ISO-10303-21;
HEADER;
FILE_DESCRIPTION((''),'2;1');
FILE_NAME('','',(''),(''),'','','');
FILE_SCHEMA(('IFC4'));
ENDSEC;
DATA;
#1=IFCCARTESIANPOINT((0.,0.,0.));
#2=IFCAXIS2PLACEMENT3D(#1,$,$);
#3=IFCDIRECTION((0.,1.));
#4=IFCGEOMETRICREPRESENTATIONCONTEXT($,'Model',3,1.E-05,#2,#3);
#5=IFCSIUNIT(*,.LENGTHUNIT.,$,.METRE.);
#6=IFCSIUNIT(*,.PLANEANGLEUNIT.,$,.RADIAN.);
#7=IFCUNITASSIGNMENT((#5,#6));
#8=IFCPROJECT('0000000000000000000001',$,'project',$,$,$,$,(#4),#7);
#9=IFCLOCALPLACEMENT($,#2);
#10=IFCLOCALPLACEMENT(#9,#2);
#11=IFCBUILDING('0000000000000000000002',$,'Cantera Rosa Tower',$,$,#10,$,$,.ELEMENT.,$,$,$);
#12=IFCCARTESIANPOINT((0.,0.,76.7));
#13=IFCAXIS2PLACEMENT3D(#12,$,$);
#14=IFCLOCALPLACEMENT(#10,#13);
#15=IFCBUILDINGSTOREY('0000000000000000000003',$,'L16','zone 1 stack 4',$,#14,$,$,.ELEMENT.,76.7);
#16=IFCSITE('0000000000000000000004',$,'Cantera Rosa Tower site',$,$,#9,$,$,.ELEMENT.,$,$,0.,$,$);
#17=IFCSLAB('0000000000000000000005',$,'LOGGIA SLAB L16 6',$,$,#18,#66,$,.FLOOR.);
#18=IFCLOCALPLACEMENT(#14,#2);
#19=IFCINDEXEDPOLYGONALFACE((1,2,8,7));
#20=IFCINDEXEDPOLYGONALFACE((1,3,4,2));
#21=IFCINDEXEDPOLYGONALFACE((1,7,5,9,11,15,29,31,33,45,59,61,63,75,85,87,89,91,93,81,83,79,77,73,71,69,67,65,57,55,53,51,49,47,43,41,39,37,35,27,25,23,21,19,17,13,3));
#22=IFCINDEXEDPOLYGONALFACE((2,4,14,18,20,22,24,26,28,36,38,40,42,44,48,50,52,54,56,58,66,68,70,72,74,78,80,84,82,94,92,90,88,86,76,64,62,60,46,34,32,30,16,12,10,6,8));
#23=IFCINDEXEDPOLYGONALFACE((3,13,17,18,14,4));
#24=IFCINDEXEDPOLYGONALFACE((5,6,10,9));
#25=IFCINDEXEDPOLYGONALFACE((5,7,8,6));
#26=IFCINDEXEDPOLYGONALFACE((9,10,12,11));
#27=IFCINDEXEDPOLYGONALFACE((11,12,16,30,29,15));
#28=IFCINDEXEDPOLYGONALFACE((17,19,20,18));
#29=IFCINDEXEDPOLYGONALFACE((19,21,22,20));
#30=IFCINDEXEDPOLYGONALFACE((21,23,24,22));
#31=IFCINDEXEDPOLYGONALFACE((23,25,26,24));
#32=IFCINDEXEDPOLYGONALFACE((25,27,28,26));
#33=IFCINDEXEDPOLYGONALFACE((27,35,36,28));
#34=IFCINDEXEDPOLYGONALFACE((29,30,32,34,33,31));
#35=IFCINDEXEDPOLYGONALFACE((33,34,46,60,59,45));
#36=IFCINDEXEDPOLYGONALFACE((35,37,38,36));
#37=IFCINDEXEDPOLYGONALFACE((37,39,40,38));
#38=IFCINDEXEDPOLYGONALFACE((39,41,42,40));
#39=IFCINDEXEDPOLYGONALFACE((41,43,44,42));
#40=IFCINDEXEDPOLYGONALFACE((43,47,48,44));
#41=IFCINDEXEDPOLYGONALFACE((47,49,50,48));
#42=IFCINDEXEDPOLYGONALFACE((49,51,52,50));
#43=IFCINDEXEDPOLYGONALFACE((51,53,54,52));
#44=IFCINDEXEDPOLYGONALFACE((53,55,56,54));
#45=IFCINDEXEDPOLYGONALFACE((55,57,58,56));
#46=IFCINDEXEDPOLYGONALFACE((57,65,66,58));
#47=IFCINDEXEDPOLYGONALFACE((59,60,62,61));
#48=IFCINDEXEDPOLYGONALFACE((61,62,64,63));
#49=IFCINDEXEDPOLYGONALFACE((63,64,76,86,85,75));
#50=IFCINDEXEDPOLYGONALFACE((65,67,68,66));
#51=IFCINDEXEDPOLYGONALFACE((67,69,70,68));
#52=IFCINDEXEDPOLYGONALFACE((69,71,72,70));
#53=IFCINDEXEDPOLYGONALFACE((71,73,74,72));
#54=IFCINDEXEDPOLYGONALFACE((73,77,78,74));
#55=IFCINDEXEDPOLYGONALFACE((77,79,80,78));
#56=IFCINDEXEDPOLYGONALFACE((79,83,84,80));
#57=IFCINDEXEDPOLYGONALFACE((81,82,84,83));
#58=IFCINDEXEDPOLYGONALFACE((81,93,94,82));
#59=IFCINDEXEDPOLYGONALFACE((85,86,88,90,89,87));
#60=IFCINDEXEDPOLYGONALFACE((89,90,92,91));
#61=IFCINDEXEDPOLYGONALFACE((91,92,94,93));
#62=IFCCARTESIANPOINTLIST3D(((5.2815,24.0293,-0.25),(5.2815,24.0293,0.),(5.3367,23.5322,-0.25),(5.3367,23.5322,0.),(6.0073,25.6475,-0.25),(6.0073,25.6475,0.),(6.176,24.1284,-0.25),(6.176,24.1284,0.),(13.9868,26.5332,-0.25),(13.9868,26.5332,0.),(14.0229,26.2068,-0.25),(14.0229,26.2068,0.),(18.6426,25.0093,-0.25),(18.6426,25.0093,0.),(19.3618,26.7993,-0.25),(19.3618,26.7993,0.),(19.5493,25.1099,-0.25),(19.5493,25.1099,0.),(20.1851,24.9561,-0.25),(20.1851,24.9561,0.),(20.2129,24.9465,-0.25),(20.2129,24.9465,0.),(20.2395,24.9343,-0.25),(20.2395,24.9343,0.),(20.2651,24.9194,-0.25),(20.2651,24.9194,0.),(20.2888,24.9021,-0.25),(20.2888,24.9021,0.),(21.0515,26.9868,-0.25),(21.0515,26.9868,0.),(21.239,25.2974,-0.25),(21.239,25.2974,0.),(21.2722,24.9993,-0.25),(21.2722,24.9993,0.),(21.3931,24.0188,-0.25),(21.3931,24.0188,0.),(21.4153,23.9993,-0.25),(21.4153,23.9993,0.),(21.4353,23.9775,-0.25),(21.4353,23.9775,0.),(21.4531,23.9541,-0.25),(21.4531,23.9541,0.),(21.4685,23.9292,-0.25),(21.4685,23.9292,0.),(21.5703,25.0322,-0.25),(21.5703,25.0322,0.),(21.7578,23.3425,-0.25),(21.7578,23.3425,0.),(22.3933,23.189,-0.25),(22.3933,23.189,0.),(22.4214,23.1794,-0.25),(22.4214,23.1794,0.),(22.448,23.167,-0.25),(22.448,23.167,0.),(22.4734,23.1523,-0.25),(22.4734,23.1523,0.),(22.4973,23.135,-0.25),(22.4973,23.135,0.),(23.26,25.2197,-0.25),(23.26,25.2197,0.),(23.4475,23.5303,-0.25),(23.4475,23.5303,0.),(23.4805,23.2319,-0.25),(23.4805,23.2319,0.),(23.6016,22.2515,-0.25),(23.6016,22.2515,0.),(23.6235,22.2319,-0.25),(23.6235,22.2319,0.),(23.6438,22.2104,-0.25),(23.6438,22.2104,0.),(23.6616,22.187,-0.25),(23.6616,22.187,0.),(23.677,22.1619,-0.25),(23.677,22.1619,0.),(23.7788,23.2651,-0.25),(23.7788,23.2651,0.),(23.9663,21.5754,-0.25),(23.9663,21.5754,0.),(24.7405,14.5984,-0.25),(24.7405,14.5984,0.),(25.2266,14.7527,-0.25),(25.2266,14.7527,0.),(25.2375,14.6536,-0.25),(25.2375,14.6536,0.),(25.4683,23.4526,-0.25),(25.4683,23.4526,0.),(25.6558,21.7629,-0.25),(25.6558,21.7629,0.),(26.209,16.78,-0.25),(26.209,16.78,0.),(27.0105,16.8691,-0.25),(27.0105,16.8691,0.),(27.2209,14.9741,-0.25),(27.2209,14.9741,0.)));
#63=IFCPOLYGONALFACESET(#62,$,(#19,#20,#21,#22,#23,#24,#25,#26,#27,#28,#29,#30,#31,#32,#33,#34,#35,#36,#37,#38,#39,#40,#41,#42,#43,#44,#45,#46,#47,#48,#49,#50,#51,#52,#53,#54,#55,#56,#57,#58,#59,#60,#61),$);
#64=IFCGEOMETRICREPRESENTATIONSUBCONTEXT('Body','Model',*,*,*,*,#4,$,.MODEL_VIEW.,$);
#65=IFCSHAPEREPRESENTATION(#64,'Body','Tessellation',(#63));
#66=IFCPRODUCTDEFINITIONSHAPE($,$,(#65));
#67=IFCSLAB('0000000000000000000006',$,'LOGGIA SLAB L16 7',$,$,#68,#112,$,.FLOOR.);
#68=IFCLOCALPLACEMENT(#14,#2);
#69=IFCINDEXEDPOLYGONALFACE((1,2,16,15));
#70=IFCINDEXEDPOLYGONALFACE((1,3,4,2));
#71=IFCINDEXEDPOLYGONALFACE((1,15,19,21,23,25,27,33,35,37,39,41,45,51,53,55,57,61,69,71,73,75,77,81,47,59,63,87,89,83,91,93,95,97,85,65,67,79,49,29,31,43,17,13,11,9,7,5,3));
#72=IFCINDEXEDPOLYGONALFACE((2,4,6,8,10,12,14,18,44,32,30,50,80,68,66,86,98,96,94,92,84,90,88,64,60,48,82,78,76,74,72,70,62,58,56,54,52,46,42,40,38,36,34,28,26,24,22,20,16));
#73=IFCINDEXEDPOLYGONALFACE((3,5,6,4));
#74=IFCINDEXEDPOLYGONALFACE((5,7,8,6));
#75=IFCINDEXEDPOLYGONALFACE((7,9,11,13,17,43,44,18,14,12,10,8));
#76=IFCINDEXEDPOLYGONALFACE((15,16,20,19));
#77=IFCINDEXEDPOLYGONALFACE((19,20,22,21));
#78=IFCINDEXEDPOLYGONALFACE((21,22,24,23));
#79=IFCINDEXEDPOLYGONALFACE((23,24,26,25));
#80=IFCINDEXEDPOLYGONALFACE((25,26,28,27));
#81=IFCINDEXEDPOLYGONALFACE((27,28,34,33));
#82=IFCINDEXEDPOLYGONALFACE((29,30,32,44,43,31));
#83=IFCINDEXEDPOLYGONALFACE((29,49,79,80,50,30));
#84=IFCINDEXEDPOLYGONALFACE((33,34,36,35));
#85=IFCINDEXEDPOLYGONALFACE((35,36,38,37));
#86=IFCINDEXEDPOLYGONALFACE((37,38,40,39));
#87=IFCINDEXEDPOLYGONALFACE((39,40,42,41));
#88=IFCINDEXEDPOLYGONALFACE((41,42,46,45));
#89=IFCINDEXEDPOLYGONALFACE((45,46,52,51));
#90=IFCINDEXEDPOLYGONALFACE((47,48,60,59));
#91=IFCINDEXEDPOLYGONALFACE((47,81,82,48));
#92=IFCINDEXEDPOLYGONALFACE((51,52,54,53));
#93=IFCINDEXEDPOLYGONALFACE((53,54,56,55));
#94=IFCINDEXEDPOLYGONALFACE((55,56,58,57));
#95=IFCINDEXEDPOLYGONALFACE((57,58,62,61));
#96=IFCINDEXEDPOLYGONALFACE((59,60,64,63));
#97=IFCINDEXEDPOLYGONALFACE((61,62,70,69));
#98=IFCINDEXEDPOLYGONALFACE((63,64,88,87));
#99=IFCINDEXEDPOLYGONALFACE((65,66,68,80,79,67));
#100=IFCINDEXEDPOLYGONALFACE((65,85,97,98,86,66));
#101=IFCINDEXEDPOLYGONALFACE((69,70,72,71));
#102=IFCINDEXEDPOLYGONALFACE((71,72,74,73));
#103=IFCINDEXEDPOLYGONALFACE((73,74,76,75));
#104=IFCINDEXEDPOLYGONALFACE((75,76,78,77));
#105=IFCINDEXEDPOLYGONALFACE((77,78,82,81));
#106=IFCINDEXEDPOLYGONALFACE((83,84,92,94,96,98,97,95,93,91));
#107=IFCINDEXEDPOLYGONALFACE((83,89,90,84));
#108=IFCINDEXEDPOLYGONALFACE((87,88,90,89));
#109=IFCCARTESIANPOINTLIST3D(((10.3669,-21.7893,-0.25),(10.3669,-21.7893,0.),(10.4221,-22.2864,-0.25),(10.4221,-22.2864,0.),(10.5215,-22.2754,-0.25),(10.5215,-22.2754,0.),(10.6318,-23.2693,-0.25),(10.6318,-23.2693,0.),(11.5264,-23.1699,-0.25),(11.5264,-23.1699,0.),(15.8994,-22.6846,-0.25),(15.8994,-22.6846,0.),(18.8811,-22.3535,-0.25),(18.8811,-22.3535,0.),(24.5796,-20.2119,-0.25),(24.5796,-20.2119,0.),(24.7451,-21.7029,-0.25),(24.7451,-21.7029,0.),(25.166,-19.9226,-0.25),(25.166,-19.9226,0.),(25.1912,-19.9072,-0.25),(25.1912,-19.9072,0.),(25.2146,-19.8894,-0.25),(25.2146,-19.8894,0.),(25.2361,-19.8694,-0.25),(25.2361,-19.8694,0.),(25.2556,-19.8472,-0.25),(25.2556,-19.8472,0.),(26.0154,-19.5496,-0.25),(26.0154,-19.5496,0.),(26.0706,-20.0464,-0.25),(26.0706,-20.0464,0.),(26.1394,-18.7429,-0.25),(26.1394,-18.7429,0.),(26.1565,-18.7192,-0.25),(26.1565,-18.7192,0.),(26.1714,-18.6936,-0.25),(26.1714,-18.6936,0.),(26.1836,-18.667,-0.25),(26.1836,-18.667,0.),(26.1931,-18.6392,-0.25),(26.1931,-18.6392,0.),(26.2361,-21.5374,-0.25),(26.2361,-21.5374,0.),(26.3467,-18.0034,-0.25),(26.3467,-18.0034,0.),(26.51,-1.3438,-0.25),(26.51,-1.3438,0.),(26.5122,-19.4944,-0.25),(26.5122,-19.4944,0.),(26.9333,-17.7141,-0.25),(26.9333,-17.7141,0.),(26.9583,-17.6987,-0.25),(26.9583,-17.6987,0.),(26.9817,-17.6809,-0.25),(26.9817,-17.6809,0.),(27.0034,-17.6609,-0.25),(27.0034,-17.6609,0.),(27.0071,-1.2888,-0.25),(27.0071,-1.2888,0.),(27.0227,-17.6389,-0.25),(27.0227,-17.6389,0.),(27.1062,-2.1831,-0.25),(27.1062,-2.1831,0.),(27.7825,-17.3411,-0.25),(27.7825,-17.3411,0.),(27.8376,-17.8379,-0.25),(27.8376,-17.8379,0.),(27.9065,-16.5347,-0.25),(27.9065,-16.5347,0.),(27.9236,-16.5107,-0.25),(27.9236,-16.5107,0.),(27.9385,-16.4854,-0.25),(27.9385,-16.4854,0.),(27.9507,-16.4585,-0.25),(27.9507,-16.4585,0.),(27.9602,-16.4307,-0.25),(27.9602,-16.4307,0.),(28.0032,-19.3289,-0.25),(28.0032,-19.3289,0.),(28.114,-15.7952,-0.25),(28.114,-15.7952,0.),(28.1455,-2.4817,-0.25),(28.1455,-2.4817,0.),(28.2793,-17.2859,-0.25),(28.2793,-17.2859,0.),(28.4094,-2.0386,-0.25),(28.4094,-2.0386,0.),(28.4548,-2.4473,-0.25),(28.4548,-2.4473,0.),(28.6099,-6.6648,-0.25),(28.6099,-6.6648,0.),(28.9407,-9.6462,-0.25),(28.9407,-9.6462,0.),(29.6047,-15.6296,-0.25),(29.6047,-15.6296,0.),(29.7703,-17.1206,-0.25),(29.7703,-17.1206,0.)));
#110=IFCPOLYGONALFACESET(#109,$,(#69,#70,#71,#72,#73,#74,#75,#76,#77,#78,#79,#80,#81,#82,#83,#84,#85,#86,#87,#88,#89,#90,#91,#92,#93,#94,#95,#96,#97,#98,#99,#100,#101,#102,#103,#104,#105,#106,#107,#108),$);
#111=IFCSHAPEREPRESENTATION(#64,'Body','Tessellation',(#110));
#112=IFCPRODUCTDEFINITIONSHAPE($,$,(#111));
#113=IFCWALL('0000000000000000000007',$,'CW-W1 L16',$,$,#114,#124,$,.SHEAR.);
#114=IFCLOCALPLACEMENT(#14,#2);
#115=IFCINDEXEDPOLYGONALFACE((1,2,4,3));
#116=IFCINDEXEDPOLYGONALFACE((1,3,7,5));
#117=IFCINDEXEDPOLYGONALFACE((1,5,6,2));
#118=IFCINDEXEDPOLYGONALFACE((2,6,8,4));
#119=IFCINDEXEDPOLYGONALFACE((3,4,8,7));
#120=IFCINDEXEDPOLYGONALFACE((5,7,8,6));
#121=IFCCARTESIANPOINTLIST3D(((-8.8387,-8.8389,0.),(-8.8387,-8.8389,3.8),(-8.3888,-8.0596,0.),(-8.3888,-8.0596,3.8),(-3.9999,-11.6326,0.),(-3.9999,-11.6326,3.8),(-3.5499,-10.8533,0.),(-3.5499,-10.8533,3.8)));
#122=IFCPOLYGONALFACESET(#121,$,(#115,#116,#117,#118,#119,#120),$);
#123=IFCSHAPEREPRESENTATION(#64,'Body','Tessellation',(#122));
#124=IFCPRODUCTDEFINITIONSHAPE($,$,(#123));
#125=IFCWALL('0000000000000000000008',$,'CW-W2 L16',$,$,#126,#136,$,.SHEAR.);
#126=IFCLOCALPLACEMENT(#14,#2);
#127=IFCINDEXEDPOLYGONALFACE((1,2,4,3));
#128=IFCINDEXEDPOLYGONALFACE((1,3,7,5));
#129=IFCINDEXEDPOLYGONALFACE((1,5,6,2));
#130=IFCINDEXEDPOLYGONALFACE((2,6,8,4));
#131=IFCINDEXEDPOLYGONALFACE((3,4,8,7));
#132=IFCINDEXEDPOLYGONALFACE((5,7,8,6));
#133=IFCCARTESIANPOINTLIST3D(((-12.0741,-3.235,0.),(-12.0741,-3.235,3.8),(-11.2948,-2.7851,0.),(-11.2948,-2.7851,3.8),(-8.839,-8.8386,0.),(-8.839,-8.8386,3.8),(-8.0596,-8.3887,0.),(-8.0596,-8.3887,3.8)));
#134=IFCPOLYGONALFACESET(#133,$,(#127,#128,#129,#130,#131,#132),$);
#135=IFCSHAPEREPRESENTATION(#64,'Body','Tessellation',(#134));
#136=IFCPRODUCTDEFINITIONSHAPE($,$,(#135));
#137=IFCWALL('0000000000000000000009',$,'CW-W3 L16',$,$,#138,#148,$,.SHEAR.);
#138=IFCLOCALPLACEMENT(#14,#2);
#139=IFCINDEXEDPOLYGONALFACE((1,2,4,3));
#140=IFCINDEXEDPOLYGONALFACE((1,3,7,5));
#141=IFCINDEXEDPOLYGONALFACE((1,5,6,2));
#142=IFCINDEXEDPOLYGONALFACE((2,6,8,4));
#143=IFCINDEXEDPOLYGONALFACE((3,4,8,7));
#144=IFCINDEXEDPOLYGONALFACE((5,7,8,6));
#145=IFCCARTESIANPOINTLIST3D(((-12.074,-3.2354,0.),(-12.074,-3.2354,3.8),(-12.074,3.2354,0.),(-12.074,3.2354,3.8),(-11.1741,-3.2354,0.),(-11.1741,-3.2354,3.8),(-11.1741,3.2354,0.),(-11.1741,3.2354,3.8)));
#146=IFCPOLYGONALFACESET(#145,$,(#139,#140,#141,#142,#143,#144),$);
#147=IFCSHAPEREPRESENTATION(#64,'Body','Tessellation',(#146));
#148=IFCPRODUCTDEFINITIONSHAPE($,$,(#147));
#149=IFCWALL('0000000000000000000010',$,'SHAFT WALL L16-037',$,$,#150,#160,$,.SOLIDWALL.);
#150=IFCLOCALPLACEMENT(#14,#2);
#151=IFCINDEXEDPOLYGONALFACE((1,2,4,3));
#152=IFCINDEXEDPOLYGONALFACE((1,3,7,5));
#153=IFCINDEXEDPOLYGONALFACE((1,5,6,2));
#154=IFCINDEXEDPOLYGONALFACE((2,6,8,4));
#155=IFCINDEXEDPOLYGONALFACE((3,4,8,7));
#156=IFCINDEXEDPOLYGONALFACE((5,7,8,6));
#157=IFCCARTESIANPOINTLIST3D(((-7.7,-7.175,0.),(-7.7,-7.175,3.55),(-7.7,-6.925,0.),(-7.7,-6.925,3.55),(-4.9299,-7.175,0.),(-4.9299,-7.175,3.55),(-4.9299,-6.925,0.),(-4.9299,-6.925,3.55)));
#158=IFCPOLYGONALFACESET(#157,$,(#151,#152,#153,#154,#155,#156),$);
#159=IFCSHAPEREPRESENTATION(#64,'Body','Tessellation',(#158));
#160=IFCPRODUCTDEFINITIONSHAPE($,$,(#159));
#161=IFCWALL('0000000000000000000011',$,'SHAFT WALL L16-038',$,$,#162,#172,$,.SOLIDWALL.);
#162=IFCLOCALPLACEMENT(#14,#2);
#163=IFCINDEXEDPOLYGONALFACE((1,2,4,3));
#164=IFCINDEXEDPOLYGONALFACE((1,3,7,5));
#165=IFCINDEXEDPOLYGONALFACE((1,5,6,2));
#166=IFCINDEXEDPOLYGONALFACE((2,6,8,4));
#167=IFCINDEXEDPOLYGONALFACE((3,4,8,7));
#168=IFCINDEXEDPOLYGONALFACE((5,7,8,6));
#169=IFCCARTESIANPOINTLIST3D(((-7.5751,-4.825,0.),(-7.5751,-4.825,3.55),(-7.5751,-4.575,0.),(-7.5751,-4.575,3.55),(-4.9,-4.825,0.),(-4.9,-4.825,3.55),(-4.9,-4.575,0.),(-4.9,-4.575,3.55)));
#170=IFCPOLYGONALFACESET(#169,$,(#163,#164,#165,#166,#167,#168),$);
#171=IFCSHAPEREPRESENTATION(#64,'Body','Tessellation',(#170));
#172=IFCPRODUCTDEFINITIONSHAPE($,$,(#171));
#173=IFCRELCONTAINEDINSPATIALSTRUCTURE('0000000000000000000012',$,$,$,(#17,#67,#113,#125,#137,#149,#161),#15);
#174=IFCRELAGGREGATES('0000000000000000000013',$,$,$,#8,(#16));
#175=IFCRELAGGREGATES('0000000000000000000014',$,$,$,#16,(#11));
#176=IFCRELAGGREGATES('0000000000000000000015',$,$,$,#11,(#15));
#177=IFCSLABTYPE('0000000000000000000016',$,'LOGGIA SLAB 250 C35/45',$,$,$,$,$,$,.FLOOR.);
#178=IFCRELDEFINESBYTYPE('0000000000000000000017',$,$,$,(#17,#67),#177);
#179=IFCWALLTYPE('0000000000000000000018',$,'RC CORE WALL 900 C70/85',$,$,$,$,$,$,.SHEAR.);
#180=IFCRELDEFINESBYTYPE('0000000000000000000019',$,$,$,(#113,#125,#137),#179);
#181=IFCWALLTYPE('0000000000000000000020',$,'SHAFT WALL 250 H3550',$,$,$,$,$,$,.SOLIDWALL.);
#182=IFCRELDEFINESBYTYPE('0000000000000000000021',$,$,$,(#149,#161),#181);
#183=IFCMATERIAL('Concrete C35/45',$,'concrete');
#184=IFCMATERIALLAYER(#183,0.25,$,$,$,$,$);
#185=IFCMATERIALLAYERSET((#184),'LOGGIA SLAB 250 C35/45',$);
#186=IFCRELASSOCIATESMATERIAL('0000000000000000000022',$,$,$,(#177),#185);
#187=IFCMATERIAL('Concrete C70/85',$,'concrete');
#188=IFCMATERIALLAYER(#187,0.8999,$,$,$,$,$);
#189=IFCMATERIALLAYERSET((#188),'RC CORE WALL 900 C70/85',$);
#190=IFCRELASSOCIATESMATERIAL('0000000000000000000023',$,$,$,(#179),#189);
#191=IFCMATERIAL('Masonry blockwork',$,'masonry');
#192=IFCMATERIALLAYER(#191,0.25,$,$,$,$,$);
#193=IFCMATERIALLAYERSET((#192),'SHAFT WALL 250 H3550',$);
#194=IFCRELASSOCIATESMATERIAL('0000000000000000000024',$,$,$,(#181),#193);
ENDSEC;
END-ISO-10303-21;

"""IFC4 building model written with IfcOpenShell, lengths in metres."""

from ifc_helpers import new_model, si_unit, direction, frame, frame_2d, origin, place, context, subcontext, project, spatial, polyline, rectangle, outline, extrude, material, layer, layer_set, type_object, element, save


model = new_model("IFC4")

# Units and contexts
model_context = context("Model", 3, precision=1e-05, world=origin(), true_north=direction((0.0, 1.0)))
body_context = subcontext(model_context, "Body", "Model", "MODEL_VIEW")
ifc_project = project(units=[si_unit("LENGTHUNIT", "METRE"), si_unit("PLANEANGLEUNIT", "RADIAN")], contexts=[model_context])

# Site, building, storey
site_placement = place(None, origin())
site = spatial("IfcSite", under=ifc_project, at=site_placement, Name="Cantera Rosa Tower site", CompositionType="ELEMENT", RefElevation=0.0)
building_placement = place(site_placement, origin())
building = spatial("IfcBuilding", under=site, at=building_placement, Name="Cantera Rosa Tower", CompositionType="ELEMENT")
storey_placement = place(building_placement, frame((0.0, 0.0, 76.7)))
storey = spatial("IfcBuildingStorey", under=building, at=storey_placement, Name="L16", Description="zone 1 stack 4", CompositionType="ELEMENT", Elevation=76.7)

# Slabs
ifc_material_1 = material(Name="Concrete C35/45", Category="concrete")
ifc_layer_1 = layer(ifc_material_1, 0.25)
ifc_layer_set_1 = layer_set([ifc_layer_1], Name="LOGGIA SLAB 250 C35/45")
slab_type_1 = type_object("IfcSlabType", Name="LOGGIA SLAB 250 C35/45", PredefinedType="FLOOR", material=ifc_layer_set_1)
slab_1_placement = place(storey_placement, frame((0.0, 0.0, -0.25)))
element("IfcSlab", 1, at=slab_1_placement, inside=storey, type_object=slab_type_1, Name="LOGGIA SLAB L16 6", PredefinedType="FLOOR", context=body_context, shape_type="SweptSolid", body=[
    extrude(outline(polyline([(21.2722, 24.9993), (21.5703, 25.0322), (23.26, 25.2197), (23.4475, 23.5303), (23.4805, 23.2319), (23.7788, 23.2651), (25.4683, 23.4526), (25.6558, 21.7629), (26.209, 16.78), (27.0105, 16.8691), (27.2209, 14.9741), (25.2266, 14.7527), (25.2375, 14.6536), (24.7405, 14.5984), (23.9663, 21.5754), (23.677, 22.1619), (23.6616, 22.187), (23.6438, 22.2104), (23.6235, 22.2319), (23.6016, 22.2515), (22.4973, 23.135), (22.4734, 23.1523), (22.448, 23.167), (22.4214, 23.1794), (22.3933, 23.189), (21.7578, 23.3425), (21.4685, 23.9292), (21.4531, 23.9541), (21.4353, 23.9775), (21.4153, 23.9993), (21.3931, 24.0188), (20.2888, 24.9021), (20.2651, 24.9194), (20.2395, 24.9343), (20.2129, 24.9465), (20.1851, 24.9561), (19.5493, 25.1099), (18.6426, 25.0093), (5.3367, 23.5322), (5.2815, 24.0293), (6.176, 24.1284), (6.0073, 25.6475), (13.9868, 26.5332), (14.0229, 26.2068), (19.3618, 26.7993), (21.0515, 26.9868), (21.239, 25.2974), (21.2722, 24.9993)])), origin(), (0.0, 0.0, 1.0), 0.25),
])
slab_2_placement = place(storey_placement, frame((0.0, 0.0, -0.25)))
element("IfcSlab", 2, at=slab_2_placement, inside=storey, type_object=slab_type_1, Name="LOGGIA SLAB L16 7", PredefinedType="FLOOR", context=body_context, shape_type="SweptSolid", body=[
    extrude(outline(polyline([(29.7703, -17.1206), (28.2793, -17.2859), (27.7825, -17.3411), (27.8376, -17.8379), (28.0032, -19.3289), (26.5122, -19.4944), (26.0154, -19.5496), (26.0706, -20.0464), (26.2361, -21.5374), (24.7451, -21.7029), (18.8811, -22.3535), (15.8994, -22.6846), (11.5264, -23.1699), (10.6318, -23.2693), (10.5215, -22.2754), (10.4221, -22.2864), (10.3669, -21.7893), (24.5796, -20.2119), (25.166, -19.9226), (25.1912, -19.9072), (25.2146, -19.8894), (25.2361, -19.8694), (25.2556, -19.8472), (26.1394, -18.7429), (26.1565, -18.7192), (26.1714, -18.6936), (26.1836, -18.667), (26.1931, -18.6392), (26.3467, -18.0034), (26.9333, -17.7141), (26.9583, -17.6987), (26.9817, -17.6809), (27.0034, -17.6609), (27.0227, -17.6389), (27.9065, -16.5347), (27.9236, -16.5107), (27.9385, -16.4854), (27.9507, -16.4585), (27.9602, -16.4307), (28.114, -15.7952), (26.51, -1.3438), (27.0071, -1.2888), (27.1062, -2.1831), (28.4094, -2.0386), (28.4548, -2.4473), (28.1455, -2.4817), (28.6099, -6.6648), (28.9407, -9.6462), (29.6047, -15.6296), (29.7703, -17.1206)])), origin(), (0.0, 0.0, 1.0), 0.25),
])

# Walls
ifc_material_2 = material(Name="Concrete C70/85", Category="concrete")
ifc_layer_2 = layer(ifc_material_2, 0.8999)
ifc_layer_set_2 = layer_set([ifc_layer_2], Name="RC CORE WALL 900 C70/85")
wall_type_1 = type_object("IfcWallType", Name="RC CORE WALL 900 C70/85", PredefinedType="SHEAR", material=ifc_layer_set_2)
wall_1_placement = place(storey_placement, frame((-3.7749, -11.2429, 0.0), z_axis=(0.0, 0.0, 1.0), x_axis=(-0.866027, 0.499997, 0.0)))
element("IfcWall", 3, at=wall_1_placement, inside=storey, type_object=wall_type_1, Name="CW-W1 L16", PredefinedType="SHEAR", context=body_context, shape_type="SweptSolid", body=[
    extrude(rectangle(XDim=5.5874, YDim=0.8999, at=frame_2d((2.7937, 0.0))), origin(), (0.0, 0.0, 1.0), 3.8),
])
wall_2_placement = place(storey_placement, frame((-8.4492, -8.6138, 0.0), z_axis=(0.0, 0.0, 1.0), x_axis=(-0.49999, 0.866031, 0.0)))
element("IfcWall", 4, at=wall_2_placement, inside=storey, type_object=wall_type_1, Name="CW-W2 L16", PredefinedType="SHEAR", context=body_context, shape_type="SweptSolid", body=[
    extrude(rectangle(XDim=6.4705, YDim=0.8999, at=frame_2d((3.2354, 0.0))), origin(), (0.0, 0.0, 1.0), 3.8),
])
wall_3_placement = place(storey_placement, frame((-11.624, -3.2354, 0.0), z_axis=(0.0, 0.0, 1.0), x_axis=(0.0, 1.0, 0.0)))
element("IfcWall", 5, at=wall_3_placement, inside=storey, type_object=wall_type_1, Name="CW-W3 L16", PredefinedType="SHEAR", context=body_context, shape_type="SweptSolid", body=[
    extrude(rectangle(XDim=6.4707, YDim=0.8999, at=frame_2d((3.2354, 0.0))), origin(), (0.0, 0.0, 1.0), 3.8),
])
ifc_material_3 = material(Name="Masonry blockwork", Category="masonry")
ifc_layer_3 = layer(ifc_material_3, 0.25)
ifc_layer_set_3 = layer_set([ifc_layer_3], Name="SHAFT WALL 250 H3550")
wall_type_2 = type_object("IfcWallType", Name="SHAFT WALL 250 H3550", PredefinedType="SOLIDWALL", material=ifc_layer_set_3)
wall_4_placement = place(storey_placement, frame((-7.7, -7.05, 0.0), z_axis=(0.0, 0.0, 1.0), x_axis=(1.0, 0.0, 0.0)))
element("IfcWall", 6, at=wall_4_placement, inside=storey, type_object=wall_type_2, Name="SHAFT WALL L16-037", PredefinedType="SOLIDWALL", context=body_context, shape_type="SweptSolid", body=[
    extrude(rectangle(XDim=2.77, YDim=0.25, at=frame_2d((1.385, 0.0))), origin(), (0.0, 0.0, 1.0), 3.55),
])
wall_5_placement = place(storey_placement, frame((-7.575, -4.7, 0.0), z_axis=(0.0, 0.0, 1.0), x_axis=(1.0, 0.0, 0.0)))
element("IfcWall", 7, at=wall_5_placement, inside=storey, type_object=wall_type_2, Name="SHAFT WALL L16-038", PredefinedType="SOLIDWALL", context=body_context, shape_type="SweptSolid", body=[
    extrude(rectangle(XDim=2.675, YDim=0.25, at=frame_2d((1.3374, 0.0))), origin(), (0.0, 0.0, 1.0), 3.55),
])

save(model, "model.ifc")
